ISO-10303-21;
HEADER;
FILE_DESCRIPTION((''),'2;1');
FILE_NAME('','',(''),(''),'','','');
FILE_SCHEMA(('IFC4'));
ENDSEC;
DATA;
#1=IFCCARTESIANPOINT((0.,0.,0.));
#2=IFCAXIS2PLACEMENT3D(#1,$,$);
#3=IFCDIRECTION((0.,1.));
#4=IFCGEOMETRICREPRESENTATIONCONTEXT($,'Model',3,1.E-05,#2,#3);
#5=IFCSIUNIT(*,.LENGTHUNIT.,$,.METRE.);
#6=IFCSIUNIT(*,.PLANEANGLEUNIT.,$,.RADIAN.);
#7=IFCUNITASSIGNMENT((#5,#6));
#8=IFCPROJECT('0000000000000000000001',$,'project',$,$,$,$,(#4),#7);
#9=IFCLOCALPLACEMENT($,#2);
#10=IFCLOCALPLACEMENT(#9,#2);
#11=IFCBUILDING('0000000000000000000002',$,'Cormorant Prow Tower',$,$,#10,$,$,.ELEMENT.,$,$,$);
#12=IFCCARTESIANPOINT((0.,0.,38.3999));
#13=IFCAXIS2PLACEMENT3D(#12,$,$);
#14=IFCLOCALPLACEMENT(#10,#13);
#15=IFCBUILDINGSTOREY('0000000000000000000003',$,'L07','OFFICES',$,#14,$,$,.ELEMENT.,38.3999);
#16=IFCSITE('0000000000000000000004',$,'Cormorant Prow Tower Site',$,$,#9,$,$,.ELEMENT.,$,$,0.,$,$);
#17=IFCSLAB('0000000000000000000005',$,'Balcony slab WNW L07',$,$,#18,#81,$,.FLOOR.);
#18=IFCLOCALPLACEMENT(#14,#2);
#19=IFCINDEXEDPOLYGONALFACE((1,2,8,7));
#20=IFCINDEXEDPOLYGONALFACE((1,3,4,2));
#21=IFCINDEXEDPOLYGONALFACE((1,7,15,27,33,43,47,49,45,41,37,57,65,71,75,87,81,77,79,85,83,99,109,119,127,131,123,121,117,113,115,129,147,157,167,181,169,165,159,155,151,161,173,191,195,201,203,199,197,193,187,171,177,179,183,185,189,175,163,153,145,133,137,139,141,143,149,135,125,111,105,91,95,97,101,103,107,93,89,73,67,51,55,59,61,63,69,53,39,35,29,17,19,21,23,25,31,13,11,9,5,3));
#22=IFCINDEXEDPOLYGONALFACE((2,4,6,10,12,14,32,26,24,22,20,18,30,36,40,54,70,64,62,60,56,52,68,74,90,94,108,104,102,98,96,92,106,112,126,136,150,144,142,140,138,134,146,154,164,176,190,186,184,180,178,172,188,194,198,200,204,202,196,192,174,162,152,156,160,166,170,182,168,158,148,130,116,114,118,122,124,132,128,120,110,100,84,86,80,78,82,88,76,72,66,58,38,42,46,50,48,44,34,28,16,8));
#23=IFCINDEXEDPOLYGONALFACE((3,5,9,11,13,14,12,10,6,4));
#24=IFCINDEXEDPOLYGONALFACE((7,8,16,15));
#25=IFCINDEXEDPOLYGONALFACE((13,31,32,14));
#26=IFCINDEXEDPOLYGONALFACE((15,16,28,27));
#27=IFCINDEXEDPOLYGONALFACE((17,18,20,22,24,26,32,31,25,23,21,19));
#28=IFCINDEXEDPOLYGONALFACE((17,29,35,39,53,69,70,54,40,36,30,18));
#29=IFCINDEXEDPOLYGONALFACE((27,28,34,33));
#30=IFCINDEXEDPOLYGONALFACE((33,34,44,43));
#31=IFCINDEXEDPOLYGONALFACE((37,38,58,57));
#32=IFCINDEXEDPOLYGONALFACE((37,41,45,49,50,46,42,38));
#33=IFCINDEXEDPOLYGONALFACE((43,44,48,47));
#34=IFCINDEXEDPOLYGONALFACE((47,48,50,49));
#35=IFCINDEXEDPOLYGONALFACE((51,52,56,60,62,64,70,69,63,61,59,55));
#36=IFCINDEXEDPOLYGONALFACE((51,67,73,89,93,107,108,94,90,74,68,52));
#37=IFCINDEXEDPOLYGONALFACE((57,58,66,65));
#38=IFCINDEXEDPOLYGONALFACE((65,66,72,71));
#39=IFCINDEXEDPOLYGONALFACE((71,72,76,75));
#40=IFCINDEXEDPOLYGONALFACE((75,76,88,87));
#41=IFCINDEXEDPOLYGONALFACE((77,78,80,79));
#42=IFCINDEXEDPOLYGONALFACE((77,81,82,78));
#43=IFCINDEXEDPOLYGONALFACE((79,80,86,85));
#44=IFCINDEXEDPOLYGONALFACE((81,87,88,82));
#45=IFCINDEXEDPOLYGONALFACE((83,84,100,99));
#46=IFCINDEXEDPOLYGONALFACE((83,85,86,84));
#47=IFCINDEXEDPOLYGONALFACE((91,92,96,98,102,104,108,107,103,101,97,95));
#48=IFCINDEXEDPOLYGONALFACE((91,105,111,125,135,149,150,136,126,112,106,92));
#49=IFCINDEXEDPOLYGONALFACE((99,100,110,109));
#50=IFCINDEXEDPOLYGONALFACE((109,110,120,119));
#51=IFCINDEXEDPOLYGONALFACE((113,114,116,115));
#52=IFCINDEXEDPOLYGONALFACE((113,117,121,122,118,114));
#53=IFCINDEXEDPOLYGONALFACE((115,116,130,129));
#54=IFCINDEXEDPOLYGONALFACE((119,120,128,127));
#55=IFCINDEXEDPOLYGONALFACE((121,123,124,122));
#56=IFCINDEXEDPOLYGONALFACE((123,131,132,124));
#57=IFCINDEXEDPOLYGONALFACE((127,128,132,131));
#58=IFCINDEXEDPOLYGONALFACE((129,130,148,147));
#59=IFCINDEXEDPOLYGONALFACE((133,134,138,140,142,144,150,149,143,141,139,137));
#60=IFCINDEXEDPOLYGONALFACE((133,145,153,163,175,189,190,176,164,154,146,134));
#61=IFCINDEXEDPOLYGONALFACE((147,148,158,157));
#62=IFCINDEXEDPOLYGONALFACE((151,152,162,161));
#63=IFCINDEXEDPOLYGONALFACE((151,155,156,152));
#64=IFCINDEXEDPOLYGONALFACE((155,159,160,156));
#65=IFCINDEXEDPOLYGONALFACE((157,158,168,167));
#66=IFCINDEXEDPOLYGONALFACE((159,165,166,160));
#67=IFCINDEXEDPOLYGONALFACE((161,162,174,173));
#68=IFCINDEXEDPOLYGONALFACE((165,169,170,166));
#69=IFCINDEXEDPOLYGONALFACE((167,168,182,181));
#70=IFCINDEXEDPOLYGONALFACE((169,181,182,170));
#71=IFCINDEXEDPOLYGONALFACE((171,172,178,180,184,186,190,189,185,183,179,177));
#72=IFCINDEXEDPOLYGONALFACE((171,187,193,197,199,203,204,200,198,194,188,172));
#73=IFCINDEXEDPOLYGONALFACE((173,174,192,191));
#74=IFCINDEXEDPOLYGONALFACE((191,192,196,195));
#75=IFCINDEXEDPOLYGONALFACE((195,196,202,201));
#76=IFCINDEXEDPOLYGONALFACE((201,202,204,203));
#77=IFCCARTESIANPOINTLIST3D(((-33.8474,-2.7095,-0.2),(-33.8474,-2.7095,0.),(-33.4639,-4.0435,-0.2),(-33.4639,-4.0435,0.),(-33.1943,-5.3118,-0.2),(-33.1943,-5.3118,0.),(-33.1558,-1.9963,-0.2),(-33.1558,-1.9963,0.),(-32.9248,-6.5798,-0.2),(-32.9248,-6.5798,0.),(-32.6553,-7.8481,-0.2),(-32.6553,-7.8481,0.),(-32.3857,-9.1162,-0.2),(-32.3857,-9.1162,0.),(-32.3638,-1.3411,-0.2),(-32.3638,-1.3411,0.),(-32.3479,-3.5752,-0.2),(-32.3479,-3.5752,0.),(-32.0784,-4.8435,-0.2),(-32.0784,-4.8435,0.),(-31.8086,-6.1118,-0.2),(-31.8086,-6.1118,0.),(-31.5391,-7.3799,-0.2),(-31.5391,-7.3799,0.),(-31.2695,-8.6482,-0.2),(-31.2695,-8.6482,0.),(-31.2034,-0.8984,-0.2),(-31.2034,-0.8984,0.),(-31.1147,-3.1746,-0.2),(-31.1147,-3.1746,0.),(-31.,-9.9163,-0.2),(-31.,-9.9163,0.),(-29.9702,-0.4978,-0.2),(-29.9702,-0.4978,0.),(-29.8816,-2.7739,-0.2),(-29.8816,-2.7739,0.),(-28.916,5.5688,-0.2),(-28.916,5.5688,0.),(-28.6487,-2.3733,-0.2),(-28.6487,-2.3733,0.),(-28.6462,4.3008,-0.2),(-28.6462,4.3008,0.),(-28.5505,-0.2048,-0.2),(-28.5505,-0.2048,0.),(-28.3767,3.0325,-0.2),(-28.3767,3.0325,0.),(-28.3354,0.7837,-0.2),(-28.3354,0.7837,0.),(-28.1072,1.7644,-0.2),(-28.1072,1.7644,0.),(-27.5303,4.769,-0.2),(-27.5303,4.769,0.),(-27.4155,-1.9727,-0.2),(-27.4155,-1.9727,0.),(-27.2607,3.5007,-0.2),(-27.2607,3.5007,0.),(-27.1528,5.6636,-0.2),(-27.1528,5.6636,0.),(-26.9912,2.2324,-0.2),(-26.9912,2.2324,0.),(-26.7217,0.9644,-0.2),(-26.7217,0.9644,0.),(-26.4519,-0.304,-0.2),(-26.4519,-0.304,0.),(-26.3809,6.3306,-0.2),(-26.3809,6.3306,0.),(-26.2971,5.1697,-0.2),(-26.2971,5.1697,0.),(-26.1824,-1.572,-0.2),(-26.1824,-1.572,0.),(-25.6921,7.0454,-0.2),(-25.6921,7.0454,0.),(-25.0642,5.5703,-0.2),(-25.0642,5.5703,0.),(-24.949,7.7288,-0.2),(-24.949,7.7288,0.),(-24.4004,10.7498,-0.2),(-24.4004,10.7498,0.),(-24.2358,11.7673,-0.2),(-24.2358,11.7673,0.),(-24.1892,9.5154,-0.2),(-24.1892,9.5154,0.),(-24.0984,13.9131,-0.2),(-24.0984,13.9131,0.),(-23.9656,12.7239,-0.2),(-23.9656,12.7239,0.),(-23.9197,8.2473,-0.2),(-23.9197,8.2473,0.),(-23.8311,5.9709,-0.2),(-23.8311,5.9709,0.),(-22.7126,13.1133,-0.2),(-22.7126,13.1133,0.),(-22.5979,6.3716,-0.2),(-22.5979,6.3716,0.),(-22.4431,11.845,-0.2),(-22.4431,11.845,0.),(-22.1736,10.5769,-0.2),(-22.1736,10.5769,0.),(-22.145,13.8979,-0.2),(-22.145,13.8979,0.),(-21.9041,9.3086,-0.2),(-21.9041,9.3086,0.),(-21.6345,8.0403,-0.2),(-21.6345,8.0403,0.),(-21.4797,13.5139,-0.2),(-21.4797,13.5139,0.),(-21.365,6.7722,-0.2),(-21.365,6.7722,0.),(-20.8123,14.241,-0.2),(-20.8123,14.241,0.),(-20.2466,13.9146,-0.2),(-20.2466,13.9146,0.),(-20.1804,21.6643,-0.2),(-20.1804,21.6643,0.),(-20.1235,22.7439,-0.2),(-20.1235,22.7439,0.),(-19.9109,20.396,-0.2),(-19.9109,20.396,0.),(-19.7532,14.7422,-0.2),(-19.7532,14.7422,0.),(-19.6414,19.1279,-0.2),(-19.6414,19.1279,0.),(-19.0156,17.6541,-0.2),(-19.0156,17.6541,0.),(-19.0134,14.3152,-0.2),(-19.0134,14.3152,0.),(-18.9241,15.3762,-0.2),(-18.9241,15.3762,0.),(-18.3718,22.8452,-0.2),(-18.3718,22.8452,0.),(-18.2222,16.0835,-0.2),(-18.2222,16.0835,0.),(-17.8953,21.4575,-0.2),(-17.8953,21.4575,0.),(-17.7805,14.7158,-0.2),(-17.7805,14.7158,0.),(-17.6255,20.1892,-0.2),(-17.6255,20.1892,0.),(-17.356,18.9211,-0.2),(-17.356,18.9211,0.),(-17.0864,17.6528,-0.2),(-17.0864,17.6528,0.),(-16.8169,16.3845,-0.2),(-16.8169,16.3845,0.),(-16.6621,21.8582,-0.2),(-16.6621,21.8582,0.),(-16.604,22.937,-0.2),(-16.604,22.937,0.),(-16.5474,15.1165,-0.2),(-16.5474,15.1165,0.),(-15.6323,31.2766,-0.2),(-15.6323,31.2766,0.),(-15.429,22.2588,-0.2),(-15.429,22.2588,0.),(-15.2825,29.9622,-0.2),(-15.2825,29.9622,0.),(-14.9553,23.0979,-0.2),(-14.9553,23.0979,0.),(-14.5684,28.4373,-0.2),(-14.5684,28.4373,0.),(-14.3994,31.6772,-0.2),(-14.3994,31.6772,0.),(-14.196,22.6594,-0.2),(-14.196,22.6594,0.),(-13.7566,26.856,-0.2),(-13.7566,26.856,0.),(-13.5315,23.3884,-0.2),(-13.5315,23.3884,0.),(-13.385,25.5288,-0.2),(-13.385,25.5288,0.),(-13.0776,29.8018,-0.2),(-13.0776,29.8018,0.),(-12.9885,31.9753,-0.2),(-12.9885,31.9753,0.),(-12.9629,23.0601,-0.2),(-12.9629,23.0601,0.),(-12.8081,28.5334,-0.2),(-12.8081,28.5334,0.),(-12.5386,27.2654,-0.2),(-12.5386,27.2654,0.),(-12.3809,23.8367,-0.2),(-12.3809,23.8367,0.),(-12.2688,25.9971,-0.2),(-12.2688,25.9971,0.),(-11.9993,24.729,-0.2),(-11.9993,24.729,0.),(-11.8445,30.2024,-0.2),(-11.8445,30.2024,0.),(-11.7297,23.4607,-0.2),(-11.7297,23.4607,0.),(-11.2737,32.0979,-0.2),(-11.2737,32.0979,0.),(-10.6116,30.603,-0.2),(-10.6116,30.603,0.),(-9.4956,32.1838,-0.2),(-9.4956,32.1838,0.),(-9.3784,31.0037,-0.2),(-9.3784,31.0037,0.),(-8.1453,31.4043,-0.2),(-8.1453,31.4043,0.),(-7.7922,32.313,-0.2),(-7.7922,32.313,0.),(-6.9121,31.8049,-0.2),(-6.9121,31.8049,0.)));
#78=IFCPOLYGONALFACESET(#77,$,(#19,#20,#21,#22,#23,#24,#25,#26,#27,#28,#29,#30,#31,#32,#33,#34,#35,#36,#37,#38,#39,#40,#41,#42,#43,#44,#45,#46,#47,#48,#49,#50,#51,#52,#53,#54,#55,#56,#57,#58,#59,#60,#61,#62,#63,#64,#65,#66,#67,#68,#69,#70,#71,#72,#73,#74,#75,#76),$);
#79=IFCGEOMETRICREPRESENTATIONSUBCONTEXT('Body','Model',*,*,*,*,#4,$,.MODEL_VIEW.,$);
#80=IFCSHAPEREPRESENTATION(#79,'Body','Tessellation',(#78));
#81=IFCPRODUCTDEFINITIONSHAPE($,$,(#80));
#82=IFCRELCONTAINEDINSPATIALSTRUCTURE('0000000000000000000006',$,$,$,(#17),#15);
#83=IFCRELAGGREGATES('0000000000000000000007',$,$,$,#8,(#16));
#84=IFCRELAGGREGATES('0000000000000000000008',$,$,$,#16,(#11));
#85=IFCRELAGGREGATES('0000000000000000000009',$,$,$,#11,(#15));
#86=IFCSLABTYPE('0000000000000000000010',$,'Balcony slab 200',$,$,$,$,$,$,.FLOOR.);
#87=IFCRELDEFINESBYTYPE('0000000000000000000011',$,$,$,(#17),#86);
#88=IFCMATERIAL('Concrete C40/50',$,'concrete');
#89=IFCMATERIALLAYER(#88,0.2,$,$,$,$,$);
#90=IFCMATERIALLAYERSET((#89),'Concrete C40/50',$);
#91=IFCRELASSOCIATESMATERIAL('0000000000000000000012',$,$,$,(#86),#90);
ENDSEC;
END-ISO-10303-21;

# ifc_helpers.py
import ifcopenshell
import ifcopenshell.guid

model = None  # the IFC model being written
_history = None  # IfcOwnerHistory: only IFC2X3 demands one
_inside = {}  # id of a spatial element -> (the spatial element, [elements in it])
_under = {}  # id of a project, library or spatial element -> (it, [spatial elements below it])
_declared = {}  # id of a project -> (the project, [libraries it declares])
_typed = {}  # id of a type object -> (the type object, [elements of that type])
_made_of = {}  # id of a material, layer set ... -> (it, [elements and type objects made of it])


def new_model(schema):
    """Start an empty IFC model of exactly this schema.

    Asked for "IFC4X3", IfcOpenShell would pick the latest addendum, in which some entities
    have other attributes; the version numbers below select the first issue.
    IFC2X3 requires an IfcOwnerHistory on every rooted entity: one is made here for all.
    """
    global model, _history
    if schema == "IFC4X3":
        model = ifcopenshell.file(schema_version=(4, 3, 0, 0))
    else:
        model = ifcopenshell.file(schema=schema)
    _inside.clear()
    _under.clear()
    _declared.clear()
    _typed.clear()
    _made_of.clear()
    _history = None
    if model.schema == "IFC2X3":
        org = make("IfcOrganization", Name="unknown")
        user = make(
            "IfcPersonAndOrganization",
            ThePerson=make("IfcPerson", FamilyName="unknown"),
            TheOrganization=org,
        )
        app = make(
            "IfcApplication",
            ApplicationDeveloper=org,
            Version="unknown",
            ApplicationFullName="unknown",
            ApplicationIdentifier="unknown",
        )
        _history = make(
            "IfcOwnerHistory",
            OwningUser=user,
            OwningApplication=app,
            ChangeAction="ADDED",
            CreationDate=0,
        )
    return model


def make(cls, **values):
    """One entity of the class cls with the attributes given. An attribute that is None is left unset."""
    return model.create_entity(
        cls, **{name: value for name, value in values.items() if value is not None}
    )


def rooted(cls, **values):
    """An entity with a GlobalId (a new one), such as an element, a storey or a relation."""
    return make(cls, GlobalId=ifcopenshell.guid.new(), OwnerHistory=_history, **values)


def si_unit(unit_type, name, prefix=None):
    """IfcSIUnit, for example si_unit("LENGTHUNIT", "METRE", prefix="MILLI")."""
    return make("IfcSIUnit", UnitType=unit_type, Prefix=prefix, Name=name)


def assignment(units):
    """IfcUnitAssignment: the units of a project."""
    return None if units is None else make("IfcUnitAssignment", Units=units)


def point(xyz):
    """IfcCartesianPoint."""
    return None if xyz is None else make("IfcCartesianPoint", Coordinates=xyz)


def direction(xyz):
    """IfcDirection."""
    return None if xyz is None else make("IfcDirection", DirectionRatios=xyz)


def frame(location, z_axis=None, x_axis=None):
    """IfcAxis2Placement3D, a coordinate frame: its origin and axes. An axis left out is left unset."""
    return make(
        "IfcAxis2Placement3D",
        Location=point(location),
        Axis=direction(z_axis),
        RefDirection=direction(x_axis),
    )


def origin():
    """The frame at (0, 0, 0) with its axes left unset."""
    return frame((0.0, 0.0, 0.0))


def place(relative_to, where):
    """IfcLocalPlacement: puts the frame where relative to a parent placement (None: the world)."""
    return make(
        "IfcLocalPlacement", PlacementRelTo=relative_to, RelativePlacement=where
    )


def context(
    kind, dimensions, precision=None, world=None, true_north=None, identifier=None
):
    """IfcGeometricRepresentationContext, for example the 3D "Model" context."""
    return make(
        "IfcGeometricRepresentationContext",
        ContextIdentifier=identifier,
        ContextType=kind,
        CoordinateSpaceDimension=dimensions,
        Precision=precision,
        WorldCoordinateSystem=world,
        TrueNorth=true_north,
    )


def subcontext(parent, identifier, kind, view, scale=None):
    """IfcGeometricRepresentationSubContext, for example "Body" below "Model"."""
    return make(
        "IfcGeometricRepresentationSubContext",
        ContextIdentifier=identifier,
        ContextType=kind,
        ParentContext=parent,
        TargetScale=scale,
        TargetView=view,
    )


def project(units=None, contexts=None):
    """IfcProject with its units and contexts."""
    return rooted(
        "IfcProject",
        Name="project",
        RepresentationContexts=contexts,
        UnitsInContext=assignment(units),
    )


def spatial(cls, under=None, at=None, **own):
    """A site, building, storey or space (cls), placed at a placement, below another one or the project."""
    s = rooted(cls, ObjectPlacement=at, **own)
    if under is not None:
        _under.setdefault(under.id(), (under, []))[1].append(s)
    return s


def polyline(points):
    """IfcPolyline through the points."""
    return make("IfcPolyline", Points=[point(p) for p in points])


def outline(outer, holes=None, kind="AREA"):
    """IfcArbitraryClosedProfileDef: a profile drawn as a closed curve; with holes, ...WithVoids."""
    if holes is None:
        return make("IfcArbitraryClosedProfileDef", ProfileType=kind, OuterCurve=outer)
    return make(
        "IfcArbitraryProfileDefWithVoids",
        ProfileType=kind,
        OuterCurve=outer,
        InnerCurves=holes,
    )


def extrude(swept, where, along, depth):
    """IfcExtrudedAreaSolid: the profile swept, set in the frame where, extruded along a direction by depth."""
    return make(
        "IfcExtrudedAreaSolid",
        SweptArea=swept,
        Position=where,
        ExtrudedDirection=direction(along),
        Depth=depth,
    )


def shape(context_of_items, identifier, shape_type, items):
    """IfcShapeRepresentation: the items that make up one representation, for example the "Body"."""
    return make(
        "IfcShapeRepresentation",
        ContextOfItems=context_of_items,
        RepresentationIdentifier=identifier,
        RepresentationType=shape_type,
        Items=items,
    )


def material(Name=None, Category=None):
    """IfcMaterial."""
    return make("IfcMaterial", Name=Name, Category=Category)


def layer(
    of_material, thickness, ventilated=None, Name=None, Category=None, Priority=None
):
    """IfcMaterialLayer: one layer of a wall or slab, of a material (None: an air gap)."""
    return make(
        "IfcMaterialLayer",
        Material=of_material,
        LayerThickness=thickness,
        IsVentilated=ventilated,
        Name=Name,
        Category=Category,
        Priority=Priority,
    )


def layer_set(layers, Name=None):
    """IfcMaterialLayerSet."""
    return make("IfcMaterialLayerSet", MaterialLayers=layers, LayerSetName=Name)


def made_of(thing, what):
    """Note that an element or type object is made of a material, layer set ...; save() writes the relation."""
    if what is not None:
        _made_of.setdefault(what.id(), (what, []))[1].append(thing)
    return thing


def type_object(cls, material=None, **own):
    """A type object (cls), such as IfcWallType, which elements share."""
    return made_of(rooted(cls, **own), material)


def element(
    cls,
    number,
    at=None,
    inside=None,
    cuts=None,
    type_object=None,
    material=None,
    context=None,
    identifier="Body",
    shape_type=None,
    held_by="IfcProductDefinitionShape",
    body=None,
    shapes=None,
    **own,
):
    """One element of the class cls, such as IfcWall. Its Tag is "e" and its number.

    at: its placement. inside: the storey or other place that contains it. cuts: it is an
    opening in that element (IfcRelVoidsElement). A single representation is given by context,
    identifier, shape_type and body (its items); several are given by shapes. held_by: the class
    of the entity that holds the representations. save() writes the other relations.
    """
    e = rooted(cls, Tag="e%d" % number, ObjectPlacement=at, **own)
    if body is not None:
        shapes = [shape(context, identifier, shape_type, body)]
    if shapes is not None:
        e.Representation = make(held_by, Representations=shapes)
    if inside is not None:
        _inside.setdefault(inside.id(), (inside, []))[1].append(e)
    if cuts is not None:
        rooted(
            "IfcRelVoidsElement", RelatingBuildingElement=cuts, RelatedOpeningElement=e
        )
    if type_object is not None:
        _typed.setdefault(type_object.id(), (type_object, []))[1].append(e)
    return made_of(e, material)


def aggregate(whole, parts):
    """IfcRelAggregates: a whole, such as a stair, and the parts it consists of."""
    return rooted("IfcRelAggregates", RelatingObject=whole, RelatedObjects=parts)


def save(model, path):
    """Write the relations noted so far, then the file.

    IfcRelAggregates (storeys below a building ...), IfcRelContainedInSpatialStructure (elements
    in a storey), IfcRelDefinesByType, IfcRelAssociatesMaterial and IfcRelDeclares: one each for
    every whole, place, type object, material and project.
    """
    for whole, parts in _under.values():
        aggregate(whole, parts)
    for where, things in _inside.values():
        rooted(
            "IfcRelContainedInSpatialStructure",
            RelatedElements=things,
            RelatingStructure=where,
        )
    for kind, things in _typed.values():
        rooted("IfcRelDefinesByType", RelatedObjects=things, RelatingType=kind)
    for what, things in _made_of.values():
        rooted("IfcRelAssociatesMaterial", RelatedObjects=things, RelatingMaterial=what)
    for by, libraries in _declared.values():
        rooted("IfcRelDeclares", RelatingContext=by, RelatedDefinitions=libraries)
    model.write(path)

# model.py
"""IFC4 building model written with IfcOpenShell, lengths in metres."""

from ifc_helpers import new_model, si_unit, direction, frame, origin, place, context, subcontext, project, spatial, polyline, outline, extrude, material, layer, layer_set, type_object, element, save


model = new_model("IFC4")

# Units and contexts
model_context = context("Model", 3, precision=1e-05, world=origin(), true_north=direction((0.0, 1.0)))
body_context = subcontext(model_context, "Body", "Model", "MODEL_VIEW")
ifc_project = project(units=[si_unit("LENGTHUNIT", "METRE"), si_unit("PLANEANGLEUNIT", "RADIAN")], contexts=[model_context])

# Site, building, storey
site_placement = place(None, origin())
site = spatial("IfcSite", under=ifc_project, at=site_placement, Name="Cormorant Prow Tower Site", CompositionType="ELEMENT", RefElevation=0.0)
building_placement = place(site_placement, origin())
building = spatial("IfcBuilding", under=site, at=building_placement, Name="Cormorant Prow Tower", CompositionType="ELEMENT")
storey_placement = place(building_placement, frame((0.0, 0.0, 38.3999)))
storey = spatial("IfcBuildingStorey", under=building, at=storey_placement, Name="L07", Description="OFFICES", CompositionType="ELEMENT", Elevation=38.3999)

# Slab
ifc_material_1 = material(Name="Concrete C40/50", Category="concrete")
ifc_layer_1 = layer(ifc_material_1, 0.2)
ifc_layer_set_1 = layer_set([ifc_layer_1], Name="Concrete C40/50")
slab_type_1 = type_object("IfcSlabType", Name="Balcony slab 200", PredefinedType="FLOOR", material=ifc_layer_set_1)
slab_1_placement = place(storey_placement, frame((0.0, 0.0, -0.2)))
element("IfcSlab", 1, at=slab_1_placement, inside=storey, type_object=slab_type_1, Name="Balcony slab WNW L07", PredefinedType="FLOOR", context=body_context, shape_type="SweptSolid", body=[
    extrude(outline(polyline([(-6.9121, 31.8049), (-7.7922, 32.313), (-9.4956, 32.1838), (-11.2737, 32.0979), (-12.9885, 31.9753), (-14.3994, 31.6772), (-15.6323, 31.2766), (-15.2825, 29.9622), (-14.5684, 28.4373), (-13.7566, 26.856), (-13.385, 25.5288), (-12.3809, 23.8367), (-13.5315, 23.3884), (-14.9553, 23.0979), (-16.604, 22.937), (-18.3718, 22.8452), (-20.1235, 22.7439), (-20.1804, 21.6643), (-19.9109, 20.396), (-19.6414, 19.1279), (-19.0156, 17.6541), (-18.2222, 16.0835), (-18.9241, 15.3762), (-19.7532, 14.7422), (-20.8123, 14.241), (-22.145, 13.8979), (-24.0984, 13.9131), (-23.9656, 12.7239), (-24.2358, 11.7673), (-24.4004, 10.7498), (-24.1892, 9.5154), (-23.9197, 8.2473), (-24.949, 7.7288), (-25.6921, 7.0454), (-26.3809, 6.3306), (-27.1528, 5.6636), (-28.916, 5.5688), (-28.6462, 4.3008), (-28.3767, 3.0325), (-28.1072, 1.7644), (-28.3354, 0.7837), (-28.5505, -0.2048), (-29.9702, -0.4978), (-31.2034, -0.8984), (-32.3638, -1.3411), (-33.1558, -1.9963), (-33.8474, -2.7095), (-33.4639, -4.0435), (-33.1943, -5.3118), (-32.9248, -6.5798), (-32.6553, -7.8481), (-32.3857, -9.1162), (-31.0, -9.9163), (-31.2695, -8.6482), (-31.5391, -7.3799), (-31.8086, -6.1118), (-32.0784, -4.8435), (-32.3479, -3.5752), (-31.1147, -3.1746), (-29.8816, -2.7739), (-28.6487, -2.3733), (-27.4155, -1.9727), (-26.1824, -1.572), (-26.4519, -0.304), (-26.7217, 0.9644), (-26.9912, 2.2324), (-27.2607, 3.5007), (-27.5303, 4.769), (-26.2971, 5.1697), (-25.0642, 5.5703), (-23.8311, 5.9709), (-22.5979, 6.3716), (-21.365, 6.7722), (-21.6345, 8.0403), (-21.9041, 9.3086), (-22.1736, 10.5769), (-22.4431, 11.845), (-22.7126, 13.1133), (-21.4797, 13.5139), (-20.2466, 13.9146), (-19.0134, 14.3152), (-17.7805, 14.7158), (-16.5474, 15.1165), (-16.8169, 16.3845), (-17.0864, 17.6528), (-17.356, 18.9211), (-17.6255, 20.1892), (-17.8953, 21.4575), (-16.6621, 21.8582), (-15.429, 22.2588), (-14.196, 22.6594), (-12.9629, 23.0601), (-11.7297, 23.4607), (-11.9993, 24.729), (-12.2688, 25.9971), (-12.5386, 27.2654), (-12.8081, 28.5334), (-13.0776, 29.8018), (-11.8445, 30.2024), (-10.6116, 30.603), (-9.3784, 31.0037), (-8.1453, 31.4043), (-6.9121, 31.8049)])), origin(), (0.0, 0.0, 1.0), 0.2),
])

save(model, "model.ifc")
